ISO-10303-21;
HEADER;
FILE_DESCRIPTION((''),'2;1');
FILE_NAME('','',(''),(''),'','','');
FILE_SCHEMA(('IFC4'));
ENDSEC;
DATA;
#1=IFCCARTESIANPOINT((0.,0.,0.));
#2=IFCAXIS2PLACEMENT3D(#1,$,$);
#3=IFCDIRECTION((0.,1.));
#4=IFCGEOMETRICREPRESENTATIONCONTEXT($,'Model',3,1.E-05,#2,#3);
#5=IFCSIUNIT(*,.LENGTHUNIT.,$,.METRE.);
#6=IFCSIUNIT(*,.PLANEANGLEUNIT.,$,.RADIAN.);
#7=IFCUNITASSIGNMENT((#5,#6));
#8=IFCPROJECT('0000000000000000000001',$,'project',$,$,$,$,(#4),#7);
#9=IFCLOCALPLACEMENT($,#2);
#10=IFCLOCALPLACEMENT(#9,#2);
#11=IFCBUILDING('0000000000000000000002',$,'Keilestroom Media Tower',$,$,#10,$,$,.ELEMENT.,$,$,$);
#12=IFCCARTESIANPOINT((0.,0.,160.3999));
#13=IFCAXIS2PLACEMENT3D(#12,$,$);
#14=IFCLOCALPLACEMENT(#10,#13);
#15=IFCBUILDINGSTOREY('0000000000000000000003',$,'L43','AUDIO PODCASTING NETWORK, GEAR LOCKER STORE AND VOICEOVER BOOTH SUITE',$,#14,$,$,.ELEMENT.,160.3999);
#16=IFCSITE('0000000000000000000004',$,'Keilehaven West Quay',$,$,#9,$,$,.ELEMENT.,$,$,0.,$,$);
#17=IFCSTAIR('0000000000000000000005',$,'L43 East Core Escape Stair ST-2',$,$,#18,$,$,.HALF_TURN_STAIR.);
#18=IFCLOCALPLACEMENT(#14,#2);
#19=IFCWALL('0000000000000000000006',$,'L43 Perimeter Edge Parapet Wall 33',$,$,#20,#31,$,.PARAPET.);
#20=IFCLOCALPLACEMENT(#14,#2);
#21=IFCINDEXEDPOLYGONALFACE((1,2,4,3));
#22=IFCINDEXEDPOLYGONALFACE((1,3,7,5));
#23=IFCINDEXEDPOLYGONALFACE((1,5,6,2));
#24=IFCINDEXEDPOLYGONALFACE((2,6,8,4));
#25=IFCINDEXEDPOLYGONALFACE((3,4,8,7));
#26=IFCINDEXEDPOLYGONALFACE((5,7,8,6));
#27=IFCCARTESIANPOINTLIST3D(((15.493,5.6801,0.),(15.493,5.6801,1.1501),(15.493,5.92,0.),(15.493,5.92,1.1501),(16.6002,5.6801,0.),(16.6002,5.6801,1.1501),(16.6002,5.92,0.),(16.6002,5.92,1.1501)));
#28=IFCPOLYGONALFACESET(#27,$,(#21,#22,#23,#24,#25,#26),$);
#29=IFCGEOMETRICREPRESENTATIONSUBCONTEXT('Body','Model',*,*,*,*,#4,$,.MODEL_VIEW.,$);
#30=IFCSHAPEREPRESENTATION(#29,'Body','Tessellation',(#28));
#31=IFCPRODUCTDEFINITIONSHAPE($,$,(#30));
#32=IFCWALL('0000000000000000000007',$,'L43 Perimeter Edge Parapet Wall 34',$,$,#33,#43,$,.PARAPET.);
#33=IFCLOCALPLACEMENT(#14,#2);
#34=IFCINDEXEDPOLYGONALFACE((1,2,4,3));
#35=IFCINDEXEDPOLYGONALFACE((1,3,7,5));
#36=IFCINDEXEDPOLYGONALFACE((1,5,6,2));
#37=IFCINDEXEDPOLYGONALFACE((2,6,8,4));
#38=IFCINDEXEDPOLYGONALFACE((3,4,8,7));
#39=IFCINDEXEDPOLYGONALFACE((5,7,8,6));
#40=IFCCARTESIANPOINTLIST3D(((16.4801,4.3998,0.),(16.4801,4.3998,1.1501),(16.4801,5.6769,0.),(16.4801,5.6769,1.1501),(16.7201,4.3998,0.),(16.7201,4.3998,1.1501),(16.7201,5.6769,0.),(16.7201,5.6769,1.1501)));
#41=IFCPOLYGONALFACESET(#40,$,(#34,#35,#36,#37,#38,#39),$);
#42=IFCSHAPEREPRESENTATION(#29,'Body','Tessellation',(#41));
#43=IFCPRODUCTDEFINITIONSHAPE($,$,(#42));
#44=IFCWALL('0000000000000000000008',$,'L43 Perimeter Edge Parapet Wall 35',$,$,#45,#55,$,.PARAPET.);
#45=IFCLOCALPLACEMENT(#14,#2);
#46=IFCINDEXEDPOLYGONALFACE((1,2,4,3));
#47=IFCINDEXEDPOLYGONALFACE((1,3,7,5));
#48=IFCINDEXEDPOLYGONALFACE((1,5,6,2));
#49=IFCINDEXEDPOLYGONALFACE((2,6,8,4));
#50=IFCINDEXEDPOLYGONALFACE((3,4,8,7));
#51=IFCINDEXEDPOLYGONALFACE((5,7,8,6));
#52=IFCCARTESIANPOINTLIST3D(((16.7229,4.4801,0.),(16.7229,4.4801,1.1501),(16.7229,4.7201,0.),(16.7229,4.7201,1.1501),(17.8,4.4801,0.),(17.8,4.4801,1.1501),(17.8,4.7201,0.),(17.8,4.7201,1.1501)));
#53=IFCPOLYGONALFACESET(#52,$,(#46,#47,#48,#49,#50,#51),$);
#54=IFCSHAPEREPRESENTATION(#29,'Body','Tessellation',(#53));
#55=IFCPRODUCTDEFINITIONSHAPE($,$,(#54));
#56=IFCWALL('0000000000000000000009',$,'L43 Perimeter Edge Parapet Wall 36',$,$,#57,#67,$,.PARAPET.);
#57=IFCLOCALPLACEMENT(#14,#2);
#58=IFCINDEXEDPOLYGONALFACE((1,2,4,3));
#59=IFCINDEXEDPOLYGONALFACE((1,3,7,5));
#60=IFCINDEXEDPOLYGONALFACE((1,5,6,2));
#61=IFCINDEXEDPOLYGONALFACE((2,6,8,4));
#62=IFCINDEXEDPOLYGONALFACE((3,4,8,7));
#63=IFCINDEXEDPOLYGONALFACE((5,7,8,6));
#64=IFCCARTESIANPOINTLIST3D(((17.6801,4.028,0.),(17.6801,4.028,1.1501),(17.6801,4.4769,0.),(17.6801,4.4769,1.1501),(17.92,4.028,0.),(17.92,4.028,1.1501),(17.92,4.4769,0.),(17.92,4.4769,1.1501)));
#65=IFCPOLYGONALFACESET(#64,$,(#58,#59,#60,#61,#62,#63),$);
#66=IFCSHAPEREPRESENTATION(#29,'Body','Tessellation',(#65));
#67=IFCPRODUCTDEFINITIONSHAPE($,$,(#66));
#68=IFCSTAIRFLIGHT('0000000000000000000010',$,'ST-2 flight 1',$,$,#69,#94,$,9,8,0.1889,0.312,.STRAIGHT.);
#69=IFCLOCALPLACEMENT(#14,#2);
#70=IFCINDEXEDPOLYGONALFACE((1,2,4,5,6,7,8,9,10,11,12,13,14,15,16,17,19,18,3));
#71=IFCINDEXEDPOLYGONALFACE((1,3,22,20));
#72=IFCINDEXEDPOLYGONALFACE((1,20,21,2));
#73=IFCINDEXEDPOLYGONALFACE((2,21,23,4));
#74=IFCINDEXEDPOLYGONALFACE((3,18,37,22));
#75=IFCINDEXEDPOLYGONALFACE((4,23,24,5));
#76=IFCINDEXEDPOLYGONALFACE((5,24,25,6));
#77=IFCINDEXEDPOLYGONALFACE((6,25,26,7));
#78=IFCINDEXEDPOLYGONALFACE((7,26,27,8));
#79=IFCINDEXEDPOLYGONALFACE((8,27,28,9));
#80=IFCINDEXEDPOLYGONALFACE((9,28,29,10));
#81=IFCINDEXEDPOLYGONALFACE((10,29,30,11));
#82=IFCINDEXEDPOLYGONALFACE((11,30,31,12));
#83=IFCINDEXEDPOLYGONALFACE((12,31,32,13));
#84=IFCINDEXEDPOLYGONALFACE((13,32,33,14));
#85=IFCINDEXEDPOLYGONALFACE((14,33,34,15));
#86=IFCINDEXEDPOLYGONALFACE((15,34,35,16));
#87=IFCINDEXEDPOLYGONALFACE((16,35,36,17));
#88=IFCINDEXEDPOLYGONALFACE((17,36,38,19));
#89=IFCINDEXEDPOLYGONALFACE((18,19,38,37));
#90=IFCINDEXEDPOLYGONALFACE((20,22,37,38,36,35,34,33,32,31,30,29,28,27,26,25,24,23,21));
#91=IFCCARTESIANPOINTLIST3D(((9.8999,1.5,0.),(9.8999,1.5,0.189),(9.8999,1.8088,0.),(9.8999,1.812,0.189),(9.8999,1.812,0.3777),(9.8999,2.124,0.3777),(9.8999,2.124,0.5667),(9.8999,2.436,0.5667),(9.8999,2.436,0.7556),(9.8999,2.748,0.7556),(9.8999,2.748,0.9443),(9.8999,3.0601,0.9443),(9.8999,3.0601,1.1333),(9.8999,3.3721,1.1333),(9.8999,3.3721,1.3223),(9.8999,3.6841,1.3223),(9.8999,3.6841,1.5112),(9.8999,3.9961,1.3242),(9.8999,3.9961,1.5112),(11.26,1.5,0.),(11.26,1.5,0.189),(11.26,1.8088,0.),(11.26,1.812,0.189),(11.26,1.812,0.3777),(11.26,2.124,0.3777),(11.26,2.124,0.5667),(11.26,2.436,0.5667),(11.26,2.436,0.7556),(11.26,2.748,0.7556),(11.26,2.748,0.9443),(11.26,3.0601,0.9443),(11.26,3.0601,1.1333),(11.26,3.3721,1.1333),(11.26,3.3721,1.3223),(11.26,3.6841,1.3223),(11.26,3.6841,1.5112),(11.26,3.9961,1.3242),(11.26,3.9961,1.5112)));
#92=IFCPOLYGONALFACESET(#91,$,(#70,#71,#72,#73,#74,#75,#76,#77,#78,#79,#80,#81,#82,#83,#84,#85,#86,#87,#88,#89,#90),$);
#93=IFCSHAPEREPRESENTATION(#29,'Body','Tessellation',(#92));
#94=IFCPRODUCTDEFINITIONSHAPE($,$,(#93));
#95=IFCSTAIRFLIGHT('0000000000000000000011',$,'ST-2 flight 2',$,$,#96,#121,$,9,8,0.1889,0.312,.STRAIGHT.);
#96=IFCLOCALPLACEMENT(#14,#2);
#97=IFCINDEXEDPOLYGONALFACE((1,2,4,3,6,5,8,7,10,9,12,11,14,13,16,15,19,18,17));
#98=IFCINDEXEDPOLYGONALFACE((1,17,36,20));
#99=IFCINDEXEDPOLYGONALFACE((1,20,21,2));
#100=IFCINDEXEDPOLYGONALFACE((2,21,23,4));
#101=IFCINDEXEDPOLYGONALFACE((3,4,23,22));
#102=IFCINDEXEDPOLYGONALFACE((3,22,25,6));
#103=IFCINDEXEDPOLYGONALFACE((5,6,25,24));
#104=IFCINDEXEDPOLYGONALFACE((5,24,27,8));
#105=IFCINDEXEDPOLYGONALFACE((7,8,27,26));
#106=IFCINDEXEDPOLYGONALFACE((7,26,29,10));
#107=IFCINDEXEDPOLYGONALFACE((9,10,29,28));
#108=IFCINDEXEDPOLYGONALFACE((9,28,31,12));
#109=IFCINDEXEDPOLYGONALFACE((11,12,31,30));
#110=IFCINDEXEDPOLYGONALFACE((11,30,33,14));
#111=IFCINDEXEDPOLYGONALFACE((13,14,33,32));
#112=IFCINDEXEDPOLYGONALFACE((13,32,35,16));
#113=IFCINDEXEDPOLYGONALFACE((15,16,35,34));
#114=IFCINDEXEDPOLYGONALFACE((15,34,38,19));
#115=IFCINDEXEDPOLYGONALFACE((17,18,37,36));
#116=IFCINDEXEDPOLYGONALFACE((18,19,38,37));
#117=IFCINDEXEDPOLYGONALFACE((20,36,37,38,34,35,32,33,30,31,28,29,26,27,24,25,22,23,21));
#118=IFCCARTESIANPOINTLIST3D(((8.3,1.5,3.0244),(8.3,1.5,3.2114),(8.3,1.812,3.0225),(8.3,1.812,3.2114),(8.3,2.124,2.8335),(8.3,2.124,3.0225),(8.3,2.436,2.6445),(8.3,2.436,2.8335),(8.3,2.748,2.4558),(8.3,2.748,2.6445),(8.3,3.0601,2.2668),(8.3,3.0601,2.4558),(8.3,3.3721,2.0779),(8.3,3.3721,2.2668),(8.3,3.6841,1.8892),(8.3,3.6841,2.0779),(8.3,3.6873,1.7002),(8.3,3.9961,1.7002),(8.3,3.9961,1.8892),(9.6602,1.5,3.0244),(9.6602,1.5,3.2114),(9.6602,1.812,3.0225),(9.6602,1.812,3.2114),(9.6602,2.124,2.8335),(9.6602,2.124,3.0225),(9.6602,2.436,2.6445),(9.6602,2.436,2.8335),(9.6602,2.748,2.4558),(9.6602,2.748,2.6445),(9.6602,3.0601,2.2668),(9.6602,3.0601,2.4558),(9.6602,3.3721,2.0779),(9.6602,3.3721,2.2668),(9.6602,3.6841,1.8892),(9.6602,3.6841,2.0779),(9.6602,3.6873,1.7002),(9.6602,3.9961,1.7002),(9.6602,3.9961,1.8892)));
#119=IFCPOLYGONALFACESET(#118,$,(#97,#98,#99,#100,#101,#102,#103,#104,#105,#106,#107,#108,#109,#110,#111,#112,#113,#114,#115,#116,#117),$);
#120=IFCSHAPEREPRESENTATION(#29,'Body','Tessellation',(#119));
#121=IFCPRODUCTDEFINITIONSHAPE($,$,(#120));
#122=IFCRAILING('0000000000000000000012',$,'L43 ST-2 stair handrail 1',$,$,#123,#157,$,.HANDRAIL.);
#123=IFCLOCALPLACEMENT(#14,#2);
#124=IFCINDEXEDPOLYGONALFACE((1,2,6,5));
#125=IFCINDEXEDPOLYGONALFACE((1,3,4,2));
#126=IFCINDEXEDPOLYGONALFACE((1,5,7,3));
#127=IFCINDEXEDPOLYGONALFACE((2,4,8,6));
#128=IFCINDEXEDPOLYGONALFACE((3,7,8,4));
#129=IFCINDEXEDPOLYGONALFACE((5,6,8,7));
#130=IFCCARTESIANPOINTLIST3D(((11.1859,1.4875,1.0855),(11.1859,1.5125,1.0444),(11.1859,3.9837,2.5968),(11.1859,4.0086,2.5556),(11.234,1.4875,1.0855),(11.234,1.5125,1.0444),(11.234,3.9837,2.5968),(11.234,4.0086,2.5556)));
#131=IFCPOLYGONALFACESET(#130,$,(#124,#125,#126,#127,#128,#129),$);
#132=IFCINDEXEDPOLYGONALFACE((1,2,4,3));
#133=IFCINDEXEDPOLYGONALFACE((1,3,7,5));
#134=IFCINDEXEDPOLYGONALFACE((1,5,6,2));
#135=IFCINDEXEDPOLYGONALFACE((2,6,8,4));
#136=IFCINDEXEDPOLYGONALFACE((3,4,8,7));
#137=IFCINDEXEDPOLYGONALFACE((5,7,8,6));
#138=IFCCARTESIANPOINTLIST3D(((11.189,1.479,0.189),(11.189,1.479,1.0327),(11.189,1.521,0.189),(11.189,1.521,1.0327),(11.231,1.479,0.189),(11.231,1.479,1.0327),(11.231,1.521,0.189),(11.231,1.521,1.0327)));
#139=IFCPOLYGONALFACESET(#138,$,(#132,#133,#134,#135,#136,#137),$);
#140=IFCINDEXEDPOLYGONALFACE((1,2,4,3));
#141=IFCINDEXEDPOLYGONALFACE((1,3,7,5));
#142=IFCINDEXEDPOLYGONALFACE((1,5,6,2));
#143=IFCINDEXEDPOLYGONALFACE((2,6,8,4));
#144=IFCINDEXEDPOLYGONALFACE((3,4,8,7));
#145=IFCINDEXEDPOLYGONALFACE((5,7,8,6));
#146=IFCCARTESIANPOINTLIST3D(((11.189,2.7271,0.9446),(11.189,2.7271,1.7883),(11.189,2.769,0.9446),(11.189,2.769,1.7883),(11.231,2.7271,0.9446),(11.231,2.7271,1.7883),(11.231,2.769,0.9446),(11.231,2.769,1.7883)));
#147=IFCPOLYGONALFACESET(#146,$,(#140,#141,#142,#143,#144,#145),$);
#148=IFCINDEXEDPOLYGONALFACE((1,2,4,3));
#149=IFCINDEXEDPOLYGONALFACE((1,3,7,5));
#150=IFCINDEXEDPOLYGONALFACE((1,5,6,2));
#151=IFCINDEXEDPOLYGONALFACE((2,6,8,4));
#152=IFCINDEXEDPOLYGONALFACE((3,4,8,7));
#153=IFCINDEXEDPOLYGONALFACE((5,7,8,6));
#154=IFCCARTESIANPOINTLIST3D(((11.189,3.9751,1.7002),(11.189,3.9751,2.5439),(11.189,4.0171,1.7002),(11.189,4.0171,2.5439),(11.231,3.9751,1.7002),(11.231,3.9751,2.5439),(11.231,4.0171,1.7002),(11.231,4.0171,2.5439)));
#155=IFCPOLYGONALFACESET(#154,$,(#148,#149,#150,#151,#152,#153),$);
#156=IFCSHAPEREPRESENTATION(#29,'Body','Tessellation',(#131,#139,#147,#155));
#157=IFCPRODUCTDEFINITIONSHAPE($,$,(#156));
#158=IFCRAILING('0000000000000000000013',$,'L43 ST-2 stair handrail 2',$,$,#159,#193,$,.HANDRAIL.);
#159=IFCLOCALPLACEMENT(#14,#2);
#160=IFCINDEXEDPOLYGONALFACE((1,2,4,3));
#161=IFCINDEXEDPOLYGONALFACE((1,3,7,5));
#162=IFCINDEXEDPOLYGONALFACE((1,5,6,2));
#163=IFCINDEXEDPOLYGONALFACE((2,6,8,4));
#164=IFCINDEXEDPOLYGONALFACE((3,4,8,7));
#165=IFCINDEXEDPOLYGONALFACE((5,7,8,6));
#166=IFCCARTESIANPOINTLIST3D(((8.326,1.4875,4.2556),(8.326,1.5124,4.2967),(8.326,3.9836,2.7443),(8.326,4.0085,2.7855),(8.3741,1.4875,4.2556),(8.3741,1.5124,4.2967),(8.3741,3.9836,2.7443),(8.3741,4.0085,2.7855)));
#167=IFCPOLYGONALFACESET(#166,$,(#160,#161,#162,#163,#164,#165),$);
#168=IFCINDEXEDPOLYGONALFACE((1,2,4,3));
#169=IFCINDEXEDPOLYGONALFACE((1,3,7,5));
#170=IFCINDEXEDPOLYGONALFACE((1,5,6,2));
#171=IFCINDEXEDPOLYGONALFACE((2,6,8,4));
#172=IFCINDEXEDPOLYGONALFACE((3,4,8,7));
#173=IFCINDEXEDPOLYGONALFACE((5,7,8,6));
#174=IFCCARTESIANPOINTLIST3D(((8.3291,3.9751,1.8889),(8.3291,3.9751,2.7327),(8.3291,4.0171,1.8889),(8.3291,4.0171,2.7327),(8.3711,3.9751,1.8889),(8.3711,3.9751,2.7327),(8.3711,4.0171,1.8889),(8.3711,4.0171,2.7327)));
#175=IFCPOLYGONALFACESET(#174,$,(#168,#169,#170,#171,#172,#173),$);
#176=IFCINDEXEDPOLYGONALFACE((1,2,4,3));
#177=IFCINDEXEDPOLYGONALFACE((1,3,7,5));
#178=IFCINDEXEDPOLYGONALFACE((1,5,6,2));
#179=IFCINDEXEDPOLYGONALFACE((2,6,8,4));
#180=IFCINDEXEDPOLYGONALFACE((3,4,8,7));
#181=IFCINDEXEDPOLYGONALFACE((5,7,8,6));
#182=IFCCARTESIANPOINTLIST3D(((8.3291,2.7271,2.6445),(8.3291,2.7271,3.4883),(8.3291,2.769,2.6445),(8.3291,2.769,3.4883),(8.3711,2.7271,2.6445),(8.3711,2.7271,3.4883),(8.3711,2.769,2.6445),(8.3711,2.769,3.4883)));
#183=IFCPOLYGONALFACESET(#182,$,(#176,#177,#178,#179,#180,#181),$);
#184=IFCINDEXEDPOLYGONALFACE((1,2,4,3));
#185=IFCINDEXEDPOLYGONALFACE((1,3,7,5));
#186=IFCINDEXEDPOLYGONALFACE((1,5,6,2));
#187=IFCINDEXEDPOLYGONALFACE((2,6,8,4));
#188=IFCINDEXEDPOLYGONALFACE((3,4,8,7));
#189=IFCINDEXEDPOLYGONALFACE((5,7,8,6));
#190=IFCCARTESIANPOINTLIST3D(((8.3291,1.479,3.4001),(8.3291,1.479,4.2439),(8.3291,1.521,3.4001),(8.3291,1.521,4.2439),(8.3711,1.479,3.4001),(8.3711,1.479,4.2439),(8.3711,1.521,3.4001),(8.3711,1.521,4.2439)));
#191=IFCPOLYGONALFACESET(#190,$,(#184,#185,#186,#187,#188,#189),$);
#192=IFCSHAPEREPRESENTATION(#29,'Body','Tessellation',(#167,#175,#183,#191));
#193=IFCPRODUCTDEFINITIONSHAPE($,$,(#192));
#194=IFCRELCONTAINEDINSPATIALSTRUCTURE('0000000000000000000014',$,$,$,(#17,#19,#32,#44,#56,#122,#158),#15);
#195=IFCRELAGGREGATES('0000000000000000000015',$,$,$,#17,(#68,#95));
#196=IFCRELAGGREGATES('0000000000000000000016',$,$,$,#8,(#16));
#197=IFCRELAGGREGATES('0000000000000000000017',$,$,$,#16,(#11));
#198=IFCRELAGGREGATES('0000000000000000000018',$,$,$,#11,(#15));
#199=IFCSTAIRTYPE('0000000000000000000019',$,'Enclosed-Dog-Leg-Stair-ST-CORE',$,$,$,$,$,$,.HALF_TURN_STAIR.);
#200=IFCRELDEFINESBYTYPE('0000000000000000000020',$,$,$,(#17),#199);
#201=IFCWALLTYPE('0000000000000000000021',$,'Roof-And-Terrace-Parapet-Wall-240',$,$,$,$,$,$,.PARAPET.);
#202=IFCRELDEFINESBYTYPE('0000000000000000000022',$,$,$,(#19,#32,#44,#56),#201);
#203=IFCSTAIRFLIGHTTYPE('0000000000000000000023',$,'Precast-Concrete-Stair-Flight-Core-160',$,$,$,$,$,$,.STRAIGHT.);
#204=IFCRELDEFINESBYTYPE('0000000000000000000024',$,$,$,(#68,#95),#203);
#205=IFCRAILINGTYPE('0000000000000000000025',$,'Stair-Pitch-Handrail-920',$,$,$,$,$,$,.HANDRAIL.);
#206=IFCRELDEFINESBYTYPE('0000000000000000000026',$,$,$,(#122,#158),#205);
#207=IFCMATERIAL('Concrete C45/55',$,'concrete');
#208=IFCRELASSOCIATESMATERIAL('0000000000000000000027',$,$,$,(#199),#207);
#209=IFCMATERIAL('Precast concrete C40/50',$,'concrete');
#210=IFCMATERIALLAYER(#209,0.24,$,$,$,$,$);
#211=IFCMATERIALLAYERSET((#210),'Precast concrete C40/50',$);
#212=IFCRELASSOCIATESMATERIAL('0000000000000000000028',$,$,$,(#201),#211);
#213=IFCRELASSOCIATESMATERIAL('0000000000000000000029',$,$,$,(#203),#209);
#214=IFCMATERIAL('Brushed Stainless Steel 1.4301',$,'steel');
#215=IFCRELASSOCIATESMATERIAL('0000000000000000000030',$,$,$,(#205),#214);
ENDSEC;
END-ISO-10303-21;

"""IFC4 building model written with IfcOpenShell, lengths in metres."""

from ifc_helpers import new_model, si_unit, direction, frame, frame_2d, origin, origin_2d, place, context, subcontext, project, spatial, polyline, rectangle, outline, extrude, material, layer, layer_set, type_object, element, aggregate, save


model = new_model("IFC4")

# Units and contexts
model_context = context("Model", 3, precision=1e-05, world=origin(), true_north=direction((0.0, 1.0)))
body_context = subcontext(model_context, "Body", "Model", "MODEL_VIEW")
ifc_project = project(units=[si_unit("LENGTHUNIT", "METRE"), si_unit("PLANEANGLEUNIT", "RADIAN")], contexts=[model_context])

# Site, building, storey
site_placement = place(None, origin())
site = spatial("IfcSite", under=ifc_project, at=site_placement, Name="Keilehaven West Quay", CompositionType="ELEMENT", RefElevation=0.0)
building_placement = place(site_placement, origin())
building = spatial("IfcBuilding", under=site, at=building_placement, Name="Keilestroom Media Tower", CompositionType="ELEMENT")
storey_placement = place(building_placement, frame((0.0, 0.0, 160.3999)))
storey = spatial("IfcBuildingStorey", under=building, at=storey_placement, Name="L43", Description="AUDIO PODCASTING NETWORK, GEAR LOCKER STORE AND VOICEOVER BOOTH SUITE", CompositionType="ELEMENT", Elevation=160.3999)

# Shared definitions
ifc_material_1 = material(Name="Precast concrete C40/50", Category="concrete")

# Stair
ifc_material_2 = material(Name="Concrete C45/55", Category="concrete")
stair_type = type_object("IfcStairType", Name="Enclosed-Dog-Leg-Stair-ST-CORE", PredefinedType="HALF_TURN_STAIR", material=ifc_material_2)
stair_1_placement = place(storey_placement, origin())
stair_1 = element("IfcStair", 1, at=stair_1_placement, inside=storey, type_object=stair_type, Name="L43 East Core Escape Stair ST-2", PredefinedType="HALF_TURN_STAIR")

# Walls
ifc_layer_1 = layer(ifc_material_1, 0.24)
ifc_layer_set_1 = layer_set([ifc_layer_1], Name="Precast concrete C40/50")
wall_type_1 = type_object("IfcWallType", Name="Roof-And-Terrace-Parapet-Wall-240", PredefinedType="PARAPET", material=ifc_layer_set_1)
wall_1_placement = place(storey_placement, frame((15.4929, 5.8, 0.0), z_axis=(0.0, 0.0, 1.0), x_axis=(1.0, 0.0, 0.0)))
element("IfcWall", 2, at=wall_1_placement, inside=storey, type_object=wall_type_1, Name="L43 Perimeter Edge Parapet Wall 33", PredefinedType="PARAPET", context=body_context, shape_type="SweptSolid", body=[
    extrude(rectangle(XDim=1.1072, YDim=0.24, at=frame_2d((0.5537, 0.0))), origin(), (0.0, 0.0, 1.0), 1.1501),
])
wall_2_placement = place(storey_placement, frame((16.6001, 5.677, 0.0), z_axis=(0.0, 0.0, 1.0), x_axis=(0.0, -1.0, 0.0)))
element("IfcWall", 3, at=wall_2_placement, inside=storey, type_object=wall_type_1, Name="L43 Perimeter Edge Parapet Wall 34", PredefinedType="PARAPET", context=body_context, shape_type="SweptSolid", body=[
    extrude(rectangle(XDim=1.2771, YDim=0.24, at=frame_2d((0.6387, 0.0))), origin(), (0.0, 0.0, 1.0), 1.1501),
])
wall_3_placement = place(storey_placement, frame((16.7229, 4.6001, 0.0), z_axis=(0.0, 0.0, 1.0), x_axis=(1.0, 0.0, 0.0)))
element("IfcWall", 4, at=wall_3_placement, inside=storey, type_object=wall_type_1, Name="L43 Perimeter Edge Parapet Wall 35", PredefinedType="PARAPET", context=body_context, shape_type="SweptSolid", body=[
    extrude(rectangle(XDim=1.0771, YDim=0.24, at=frame_2d((0.5386, 0.0))), origin(), (0.0, 0.0, 1.0), 1.1501),
])
wall_4_placement = place(storey_placement, frame((17.8, 4.4771, 0.0), z_axis=(0.0, 0.0, 1.0), x_axis=(0.0, -1.0, 0.0)))
element("IfcWall", 5, at=wall_4_placement, inside=storey, type_object=wall_type_1, Name="L43 Perimeter Edge Parapet Wall 36", PredefinedType="PARAPET", context=body_context, shape_type="SweptSolid", body=[
    extrude(rectangle(XDim=0.449, YDim=0.24, at=frame_2d((0.2246, 0.0))), origin(), (0.0, 0.0, 1.0), 1.1501),
])

# Stair flights
stair_flight_type = type_object("IfcStairFlightType", Name="Precast-Concrete-Stair-Flight-Core-160", PredefinedType="STRAIGHT", material=ifc_material_1)
stair_flight_1_placement = place(storey_placement, frame((10.5801, 1.5, 0.0), z_axis=(0.0, 0.0, 1.0), x_axis=(0.0, 1.0, 0.0)))
stair_flight_1 = element("IfcStairFlight", 6, at=stair_flight_1_placement, type_object=stair_flight_type, Name="ST-2 flight 1", NumberOfRisers=9, NumberOfTreads=8, PredefinedType="STRAIGHT", RiserHeight=0.1889, TreadLength=0.312, context=body_context, shape_type="SweptSolid", body=[
    extrude(outline(polyline([(0.0, 0.0), (0.0, 0.189), (0.312, 0.189), (0.312, 0.3777), (0.624, 0.3777), (0.624, 0.5667), (0.936, 0.5667), (0.936, 0.7556), (1.248, 0.7556), (1.248, 0.9443), (1.5601, 0.9443), (1.5601, 1.1333), (1.8721, 1.1333), (1.8721, 1.3223), (2.1841, 1.3223), (2.1841, 1.5112), (2.4961, 1.5112), (2.4961, 1.7), (2.4961, 1.3242), (0.3088, 0.0), (0.0, 0.0)])), frame((0.0, 0.6802, 0.0), z_axis=(0.0, -1.0, 0.0), x_axis=(1.0, 0.0, 0.0)), (0.0, 0.0, 1.0), 1.3601),
])
stair_flight_2_placement = place(storey_placement, frame((8.98, 3.9961, 1.7002), z_axis=(0.0, 0.0, 1.0), x_axis=(0.0, -1.0, 0.0)))
stair_flight_2 = element("IfcStairFlight", 7, at=stair_flight_2_placement, type_object=stair_flight_type, Name="ST-2 flight 2", NumberOfRisers=9, NumberOfTreads=8, PredefinedType="STRAIGHT", RiserHeight=0.1889, TreadLength=0.312, context=body_context, shape_type="SweptSolid", body=[
    extrude(outline(polyline([(0.0, 0.0), (0.0, 0.189), (0.312, 0.189), (0.312, 0.3777), (0.624, 0.3777), (0.624, 0.5667), (0.936, 0.5667), (0.936, 0.7556), (1.248, 0.7556), (1.248, 0.9443), (1.5601, 0.9443), (1.5601, 1.1333), (1.8721, 1.1333), (1.8721, 1.3223), (2.1841, 1.3223), (2.1841, 1.5112), (2.4961, 1.5112), (2.4961, 1.7), (2.4961, 1.3242), (0.3088, 0.0), (0.0, 0.0)])), frame((0.0, 0.6802, 0.0), z_axis=(0.0, -1.0, 0.0), x_axis=(1.0, 0.0, 0.0)), (0.0, 0.0, 1.0), 1.3601),
])
aggregate(stair_1, [stair_flight_1, stair_flight_2])

# Railings
ifc_material_3 = material(Name="Brushed Stainless Steel 1.4301", Category="steel")
railing_type_1 = type_object("IfcRailingType", Name="Stair-Pitch-Handrail-920", PredefinedType="HANDRAIL", material=ifc_material_3)
railing_1_placement = place(storey_placement, frame((11.21, 1.5, 0.189)))
element("IfcRailing", 8, at=railing_1_placement, inside=storey, type_object=railing_type_1, Name="L43 ST-2 stair handrail 1", PredefinedType="HANDRAIL", context=body_context, shape_type="SweptSolid", body=[
    extrude(rectangle(XDim=0.0481, YDim=0.0481, at=origin_2d()), frame((0.0, 0.0, 0.876), z_axis=(0.0, 0.855434, 0.517912), x_axis=(-1.0, 0.0, 0.0)), (0.0, 0.0, 1.0), 2.918),
    extrude(rectangle(XDim=0.042, YDim=0.042, at=origin_2d()), origin(), (0.0, 0.0, 1.0), 0.8438),
    extrude(rectangle(XDim=0.042, YDim=0.042, at=origin_2d()), frame((0.0, 1.248, 0.7556)), (0.0, 0.0, 1.0), 0.8438),
    extrude(rectangle(XDim=0.042, YDim=0.042, at=origin_2d()), frame((0.0, 2.4961, 1.5112)), (0.0, 0.0, 1.0), 0.8438),
])
railing_2_placement = place(storey_placement, frame((8.3501, 3.9961, 1.8889)))
element("IfcRailing", 9, at=railing_2_placement, inside=storey, type_object=railing_type_1, Name="L43 ST-2 stair handrail 2", PredefinedType="HANDRAIL", context=body_context, shape_type="SweptSolid", body=[
    extrude(rectangle(XDim=0.0481, YDim=0.0481, at=origin_2d()), frame((0.0, 0.0, 0.876), z_axis=(0.0, -0.855434, 0.517912), x_axis=(1.0, 0.0, 0.0)), (0.0, 0.0, 1.0), 2.918),
    extrude(rectangle(XDim=0.042, YDim=0.042, at=origin_2d()), origin(), (0.0, 0.0, 1.0), 0.8438),
    extrude(rectangle(XDim=0.042, YDim=0.042, at=origin_2d()), frame((0.0, -1.248, 0.7556)), (0.0, 0.0, 1.0), 0.8438),
    extrude(rectangle(XDim=0.042, YDim=0.042, at=origin_2d()), frame((0.0, -2.4961, 1.5112)), (0.0, 0.0, 1.0), 0.8438),
])

save(model, "model.ifc")
